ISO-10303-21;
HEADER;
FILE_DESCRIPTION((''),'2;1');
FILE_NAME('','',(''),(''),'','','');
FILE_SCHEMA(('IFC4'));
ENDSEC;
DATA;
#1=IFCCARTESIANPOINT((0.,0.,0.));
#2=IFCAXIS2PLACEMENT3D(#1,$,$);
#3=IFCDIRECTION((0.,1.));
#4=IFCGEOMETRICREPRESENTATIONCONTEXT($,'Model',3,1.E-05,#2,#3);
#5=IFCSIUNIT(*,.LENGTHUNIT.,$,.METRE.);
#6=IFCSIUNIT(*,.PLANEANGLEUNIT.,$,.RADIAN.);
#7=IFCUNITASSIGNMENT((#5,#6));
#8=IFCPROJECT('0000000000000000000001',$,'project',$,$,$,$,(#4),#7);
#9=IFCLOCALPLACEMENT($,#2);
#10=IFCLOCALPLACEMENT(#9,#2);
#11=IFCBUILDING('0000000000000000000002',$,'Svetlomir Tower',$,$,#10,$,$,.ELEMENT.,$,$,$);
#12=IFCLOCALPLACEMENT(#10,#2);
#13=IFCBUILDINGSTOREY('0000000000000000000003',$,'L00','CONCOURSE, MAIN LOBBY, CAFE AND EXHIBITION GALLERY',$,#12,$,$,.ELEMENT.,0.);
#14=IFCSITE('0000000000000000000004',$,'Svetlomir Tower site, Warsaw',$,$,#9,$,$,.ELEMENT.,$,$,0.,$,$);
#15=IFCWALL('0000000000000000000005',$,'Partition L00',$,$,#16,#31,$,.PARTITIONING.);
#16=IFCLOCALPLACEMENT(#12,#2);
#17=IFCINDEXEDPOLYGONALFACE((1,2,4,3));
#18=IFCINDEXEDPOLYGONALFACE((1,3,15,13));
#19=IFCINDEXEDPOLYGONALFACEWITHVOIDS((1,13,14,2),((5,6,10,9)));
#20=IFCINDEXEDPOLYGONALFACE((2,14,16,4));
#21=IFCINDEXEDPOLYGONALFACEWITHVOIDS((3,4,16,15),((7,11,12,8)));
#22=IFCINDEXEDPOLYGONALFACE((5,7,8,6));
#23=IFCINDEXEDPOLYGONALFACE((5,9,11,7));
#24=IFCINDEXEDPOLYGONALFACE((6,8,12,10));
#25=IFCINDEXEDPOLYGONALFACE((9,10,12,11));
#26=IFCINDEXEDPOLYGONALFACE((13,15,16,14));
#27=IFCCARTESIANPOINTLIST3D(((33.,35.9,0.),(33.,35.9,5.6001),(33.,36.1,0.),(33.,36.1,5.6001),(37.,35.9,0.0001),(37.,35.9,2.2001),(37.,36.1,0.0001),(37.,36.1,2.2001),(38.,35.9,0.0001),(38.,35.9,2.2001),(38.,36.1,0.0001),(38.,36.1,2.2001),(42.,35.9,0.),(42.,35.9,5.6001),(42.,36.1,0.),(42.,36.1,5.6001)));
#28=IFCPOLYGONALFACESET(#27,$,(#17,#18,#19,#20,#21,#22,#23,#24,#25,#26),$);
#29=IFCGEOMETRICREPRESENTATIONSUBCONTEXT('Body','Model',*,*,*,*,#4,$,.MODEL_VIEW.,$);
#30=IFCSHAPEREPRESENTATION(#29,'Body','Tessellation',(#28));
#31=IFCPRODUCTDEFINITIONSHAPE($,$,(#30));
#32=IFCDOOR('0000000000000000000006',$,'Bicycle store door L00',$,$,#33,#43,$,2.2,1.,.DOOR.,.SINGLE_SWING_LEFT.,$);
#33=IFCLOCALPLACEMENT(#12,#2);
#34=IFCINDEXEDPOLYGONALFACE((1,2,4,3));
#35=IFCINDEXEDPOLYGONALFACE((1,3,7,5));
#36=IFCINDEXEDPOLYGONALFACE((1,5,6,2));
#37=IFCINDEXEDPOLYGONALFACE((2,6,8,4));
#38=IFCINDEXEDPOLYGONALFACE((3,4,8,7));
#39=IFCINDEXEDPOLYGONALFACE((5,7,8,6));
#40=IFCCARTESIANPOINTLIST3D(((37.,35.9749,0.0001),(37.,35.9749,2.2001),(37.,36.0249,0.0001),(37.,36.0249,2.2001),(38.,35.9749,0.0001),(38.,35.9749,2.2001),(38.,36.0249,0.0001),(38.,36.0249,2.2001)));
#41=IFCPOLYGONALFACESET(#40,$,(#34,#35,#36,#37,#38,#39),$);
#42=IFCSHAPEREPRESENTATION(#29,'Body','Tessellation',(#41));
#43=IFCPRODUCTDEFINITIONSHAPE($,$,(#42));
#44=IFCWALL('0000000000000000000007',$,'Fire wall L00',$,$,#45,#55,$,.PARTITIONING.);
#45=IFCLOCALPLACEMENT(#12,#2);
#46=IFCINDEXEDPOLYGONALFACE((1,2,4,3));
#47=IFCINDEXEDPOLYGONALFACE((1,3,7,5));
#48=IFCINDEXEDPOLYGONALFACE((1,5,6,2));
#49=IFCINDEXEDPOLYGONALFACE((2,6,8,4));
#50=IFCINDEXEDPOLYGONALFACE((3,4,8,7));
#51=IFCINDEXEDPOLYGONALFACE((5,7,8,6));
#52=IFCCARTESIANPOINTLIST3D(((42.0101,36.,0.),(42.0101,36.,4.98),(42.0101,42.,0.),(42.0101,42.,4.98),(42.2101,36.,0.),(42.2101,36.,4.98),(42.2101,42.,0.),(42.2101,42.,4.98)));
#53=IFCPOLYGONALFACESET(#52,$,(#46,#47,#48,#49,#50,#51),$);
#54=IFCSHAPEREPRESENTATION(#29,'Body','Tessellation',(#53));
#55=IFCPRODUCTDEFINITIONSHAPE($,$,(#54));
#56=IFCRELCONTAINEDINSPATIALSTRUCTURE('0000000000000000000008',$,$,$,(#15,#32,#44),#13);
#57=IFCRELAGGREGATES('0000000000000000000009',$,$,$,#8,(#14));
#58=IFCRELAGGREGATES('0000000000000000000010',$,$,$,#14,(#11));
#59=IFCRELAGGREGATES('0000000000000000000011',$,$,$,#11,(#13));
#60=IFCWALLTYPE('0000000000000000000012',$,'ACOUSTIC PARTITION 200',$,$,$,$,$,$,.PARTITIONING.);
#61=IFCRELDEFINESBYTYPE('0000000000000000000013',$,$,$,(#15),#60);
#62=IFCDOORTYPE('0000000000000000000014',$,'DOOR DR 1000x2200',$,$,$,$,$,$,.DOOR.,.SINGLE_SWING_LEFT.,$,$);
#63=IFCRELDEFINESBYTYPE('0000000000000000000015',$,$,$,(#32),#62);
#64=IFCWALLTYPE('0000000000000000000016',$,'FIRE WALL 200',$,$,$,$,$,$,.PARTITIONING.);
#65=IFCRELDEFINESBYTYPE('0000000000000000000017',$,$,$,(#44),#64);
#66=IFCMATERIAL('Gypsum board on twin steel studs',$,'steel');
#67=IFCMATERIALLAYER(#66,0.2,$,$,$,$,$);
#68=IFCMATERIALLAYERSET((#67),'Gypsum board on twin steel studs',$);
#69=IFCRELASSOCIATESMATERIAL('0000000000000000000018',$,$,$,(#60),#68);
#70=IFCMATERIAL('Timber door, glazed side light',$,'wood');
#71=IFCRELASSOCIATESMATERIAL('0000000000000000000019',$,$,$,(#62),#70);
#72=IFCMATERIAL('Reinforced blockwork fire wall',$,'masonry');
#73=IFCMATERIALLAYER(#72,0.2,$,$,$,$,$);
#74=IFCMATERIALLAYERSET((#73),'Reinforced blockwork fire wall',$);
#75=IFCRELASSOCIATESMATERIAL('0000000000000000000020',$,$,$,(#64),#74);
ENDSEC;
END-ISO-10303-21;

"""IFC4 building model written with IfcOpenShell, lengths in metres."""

from ifc_helpers import new_model, si_unit, direction, frame, frame_2d, origin, place, context, subcontext, project, spatial, rectangle, extrude, material, layer, layer_set, type_object, element, fill, save


model = new_model("IFC4")

# Units and contexts
model_context = context("Model", 3, precision=1e-05, world=origin(), true_north=direction((0.0, 1.0)))
body_context = subcontext(model_context, "Body", "Model", "MODEL_VIEW")
ifc_project = project(units=[si_unit("LENGTHUNIT", "METRE"), si_unit("PLANEANGLEUNIT", "RADIAN")], contexts=[model_context])

# Site, building, storey
site_placement = place(None, origin())
site = spatial("IfcSite", under=ifc_project, at=site_placement, Name="Svetlomir Tower site, Warsaw", CompositionType="ELEMENT", RefElevation=0.0)
building_placement = place(site_placement, origin())
building = spatial("IfcBuilding", under=site, at=building_placement, Name="Svetlomir Tower", CompositionType="ELEMENT")
storey_placement = place(building_placement, origin())
storey = spatial("IfcBuildingStorey", under=building, at=storey_placement, Name="L00", Description="CONCOURSE, MAIN LOBBY, CAFE AND EXHIBITION GALLERY", CompositionType="ELEMENT", Elevation=0.0)

# Shared definitions
ifc_material_1 = material(Name="Gypsum board on twin steel studs", Category="steel")
ifc_layer_1 = layer(ifc_material_1, 0.2)
ifc_layer_set_1 = layer_set([ifc_layer_1], Name="Gypsum board on twin steel studs")
wall_type_1 = type_object("IfcWallType", Name="ACOUSTIC PARTITION 200", PredefinedType="PARTITIONING", material=ifc_layer_set_1)

# Wall, opening, door
wall_1_placement = place(storey_placement, frame((33.0, 36.0, 0.0), z_axis=(0.0, 0.0, 1.0), x_axis=(1.0, 0.0, 0.0)))
wall_1 = element("IfcWall", 1, at=wall_1_placement, inside=storey, type_object=wall_type_1, Name="Partition L00", PredefinedType="PARTITIONING", context=body_context, shape_type="SweptSolid", body=[
    extrude(rectangle(XDim=9.0, YDim=0.2, at=frame_2d((4.5, 0.0))), origin(), (0.0, 0.0, 1.0), 5.6001),
])
opening_1_placement = place(wall_1_placement, frame((4.0, 0.0, 0.0)))
opening_1 = element("IfcOpeningElement", 2, at=opening_1_placement, cuts=wall_1, PredefinedType="OPENING", context=body_context, shape_type="SweptSolid", body=[
    extrude(rectangle(XDim=1.0, YDim=2.2, at=frame_2d((0.5, 1.1001))), frame((0.0, 0.1099, 0.0), z_axis=(0.0, -1.0, 0.0), x_axis=(1.0, 0.0, 0.0)), (0.0, 0.0, 1.0), 0.22),
])
ifc_material_2 = material(Name="Timber door, glazed side light", Category="wood")
door_type_1 = type_object("IfcDoorType", Name="DOOR DR 1000x2200", OperationType="SINGLE_SWING_LEFT", PredefinedType="DOOR", material=ifc_material_2)
door_1_placement = place(opening_1_placement, origin())
door_1 = element("IfcDoor", 3, at=door_1_placement, inside=storey, type_object=door_type_1, Name="Bicycle store door L00", OperationType="SINGLE_SWING_LEFT", OverallHeight=2.2, OverallWidth=1.0, PredefinedType="DOOR", context=body_context, shape_type="SweptSolid", body=[
    extrude(rectangle(XDim=1.0, YDim=2.2, at=frame_2d((0.5, 1.1001))), frame((0.0, 0.0249, 0.0), z_axis=(0.0, -1.0, 0.0), x_axis=(1.0, 0.0, 0.0)), (0.0, 0.0, 1.0), 0.05),
])
fill(opening_1, door_1)

# Wall
ifc_material_3 = material(Name="Reinforced blockwork fire wall", Category="masonry")
ifc_layer_2 = layer(ifc_material_3, 0.2)
ifc_layer_set_2 = layer_set([ifc_layer_2], Name="Reinforced blockwork fire wall")
wall_type_2 = type_object("IfcWallType", Name="FIRE WALL 200", PredefinedType="PARTITIONING", material=ifc_layer_set_2)
wall_2_placement = place(storey_placement, frame((42.1101, 36.0, 0.0), z_axis=(0.0, 0.0, 1.0), x_axis=(0.0, 1.0, 0.0)))
element("IfcWall", 4, at=wall_2_placement, inside=storey, type_object=wall_type_2, Name="Fire wall L00", PredefinedType="PARTITIONING", context=body_context, shape_type="SweptSolid", body=[
    extrude(rectangle(XDim=6.0, YDim=0.2, at=frame_2d((3.0, 0.0))), origin(), (0.0, 0.0, 1.0), 4.98),
])

save(model, "model.ifc")
